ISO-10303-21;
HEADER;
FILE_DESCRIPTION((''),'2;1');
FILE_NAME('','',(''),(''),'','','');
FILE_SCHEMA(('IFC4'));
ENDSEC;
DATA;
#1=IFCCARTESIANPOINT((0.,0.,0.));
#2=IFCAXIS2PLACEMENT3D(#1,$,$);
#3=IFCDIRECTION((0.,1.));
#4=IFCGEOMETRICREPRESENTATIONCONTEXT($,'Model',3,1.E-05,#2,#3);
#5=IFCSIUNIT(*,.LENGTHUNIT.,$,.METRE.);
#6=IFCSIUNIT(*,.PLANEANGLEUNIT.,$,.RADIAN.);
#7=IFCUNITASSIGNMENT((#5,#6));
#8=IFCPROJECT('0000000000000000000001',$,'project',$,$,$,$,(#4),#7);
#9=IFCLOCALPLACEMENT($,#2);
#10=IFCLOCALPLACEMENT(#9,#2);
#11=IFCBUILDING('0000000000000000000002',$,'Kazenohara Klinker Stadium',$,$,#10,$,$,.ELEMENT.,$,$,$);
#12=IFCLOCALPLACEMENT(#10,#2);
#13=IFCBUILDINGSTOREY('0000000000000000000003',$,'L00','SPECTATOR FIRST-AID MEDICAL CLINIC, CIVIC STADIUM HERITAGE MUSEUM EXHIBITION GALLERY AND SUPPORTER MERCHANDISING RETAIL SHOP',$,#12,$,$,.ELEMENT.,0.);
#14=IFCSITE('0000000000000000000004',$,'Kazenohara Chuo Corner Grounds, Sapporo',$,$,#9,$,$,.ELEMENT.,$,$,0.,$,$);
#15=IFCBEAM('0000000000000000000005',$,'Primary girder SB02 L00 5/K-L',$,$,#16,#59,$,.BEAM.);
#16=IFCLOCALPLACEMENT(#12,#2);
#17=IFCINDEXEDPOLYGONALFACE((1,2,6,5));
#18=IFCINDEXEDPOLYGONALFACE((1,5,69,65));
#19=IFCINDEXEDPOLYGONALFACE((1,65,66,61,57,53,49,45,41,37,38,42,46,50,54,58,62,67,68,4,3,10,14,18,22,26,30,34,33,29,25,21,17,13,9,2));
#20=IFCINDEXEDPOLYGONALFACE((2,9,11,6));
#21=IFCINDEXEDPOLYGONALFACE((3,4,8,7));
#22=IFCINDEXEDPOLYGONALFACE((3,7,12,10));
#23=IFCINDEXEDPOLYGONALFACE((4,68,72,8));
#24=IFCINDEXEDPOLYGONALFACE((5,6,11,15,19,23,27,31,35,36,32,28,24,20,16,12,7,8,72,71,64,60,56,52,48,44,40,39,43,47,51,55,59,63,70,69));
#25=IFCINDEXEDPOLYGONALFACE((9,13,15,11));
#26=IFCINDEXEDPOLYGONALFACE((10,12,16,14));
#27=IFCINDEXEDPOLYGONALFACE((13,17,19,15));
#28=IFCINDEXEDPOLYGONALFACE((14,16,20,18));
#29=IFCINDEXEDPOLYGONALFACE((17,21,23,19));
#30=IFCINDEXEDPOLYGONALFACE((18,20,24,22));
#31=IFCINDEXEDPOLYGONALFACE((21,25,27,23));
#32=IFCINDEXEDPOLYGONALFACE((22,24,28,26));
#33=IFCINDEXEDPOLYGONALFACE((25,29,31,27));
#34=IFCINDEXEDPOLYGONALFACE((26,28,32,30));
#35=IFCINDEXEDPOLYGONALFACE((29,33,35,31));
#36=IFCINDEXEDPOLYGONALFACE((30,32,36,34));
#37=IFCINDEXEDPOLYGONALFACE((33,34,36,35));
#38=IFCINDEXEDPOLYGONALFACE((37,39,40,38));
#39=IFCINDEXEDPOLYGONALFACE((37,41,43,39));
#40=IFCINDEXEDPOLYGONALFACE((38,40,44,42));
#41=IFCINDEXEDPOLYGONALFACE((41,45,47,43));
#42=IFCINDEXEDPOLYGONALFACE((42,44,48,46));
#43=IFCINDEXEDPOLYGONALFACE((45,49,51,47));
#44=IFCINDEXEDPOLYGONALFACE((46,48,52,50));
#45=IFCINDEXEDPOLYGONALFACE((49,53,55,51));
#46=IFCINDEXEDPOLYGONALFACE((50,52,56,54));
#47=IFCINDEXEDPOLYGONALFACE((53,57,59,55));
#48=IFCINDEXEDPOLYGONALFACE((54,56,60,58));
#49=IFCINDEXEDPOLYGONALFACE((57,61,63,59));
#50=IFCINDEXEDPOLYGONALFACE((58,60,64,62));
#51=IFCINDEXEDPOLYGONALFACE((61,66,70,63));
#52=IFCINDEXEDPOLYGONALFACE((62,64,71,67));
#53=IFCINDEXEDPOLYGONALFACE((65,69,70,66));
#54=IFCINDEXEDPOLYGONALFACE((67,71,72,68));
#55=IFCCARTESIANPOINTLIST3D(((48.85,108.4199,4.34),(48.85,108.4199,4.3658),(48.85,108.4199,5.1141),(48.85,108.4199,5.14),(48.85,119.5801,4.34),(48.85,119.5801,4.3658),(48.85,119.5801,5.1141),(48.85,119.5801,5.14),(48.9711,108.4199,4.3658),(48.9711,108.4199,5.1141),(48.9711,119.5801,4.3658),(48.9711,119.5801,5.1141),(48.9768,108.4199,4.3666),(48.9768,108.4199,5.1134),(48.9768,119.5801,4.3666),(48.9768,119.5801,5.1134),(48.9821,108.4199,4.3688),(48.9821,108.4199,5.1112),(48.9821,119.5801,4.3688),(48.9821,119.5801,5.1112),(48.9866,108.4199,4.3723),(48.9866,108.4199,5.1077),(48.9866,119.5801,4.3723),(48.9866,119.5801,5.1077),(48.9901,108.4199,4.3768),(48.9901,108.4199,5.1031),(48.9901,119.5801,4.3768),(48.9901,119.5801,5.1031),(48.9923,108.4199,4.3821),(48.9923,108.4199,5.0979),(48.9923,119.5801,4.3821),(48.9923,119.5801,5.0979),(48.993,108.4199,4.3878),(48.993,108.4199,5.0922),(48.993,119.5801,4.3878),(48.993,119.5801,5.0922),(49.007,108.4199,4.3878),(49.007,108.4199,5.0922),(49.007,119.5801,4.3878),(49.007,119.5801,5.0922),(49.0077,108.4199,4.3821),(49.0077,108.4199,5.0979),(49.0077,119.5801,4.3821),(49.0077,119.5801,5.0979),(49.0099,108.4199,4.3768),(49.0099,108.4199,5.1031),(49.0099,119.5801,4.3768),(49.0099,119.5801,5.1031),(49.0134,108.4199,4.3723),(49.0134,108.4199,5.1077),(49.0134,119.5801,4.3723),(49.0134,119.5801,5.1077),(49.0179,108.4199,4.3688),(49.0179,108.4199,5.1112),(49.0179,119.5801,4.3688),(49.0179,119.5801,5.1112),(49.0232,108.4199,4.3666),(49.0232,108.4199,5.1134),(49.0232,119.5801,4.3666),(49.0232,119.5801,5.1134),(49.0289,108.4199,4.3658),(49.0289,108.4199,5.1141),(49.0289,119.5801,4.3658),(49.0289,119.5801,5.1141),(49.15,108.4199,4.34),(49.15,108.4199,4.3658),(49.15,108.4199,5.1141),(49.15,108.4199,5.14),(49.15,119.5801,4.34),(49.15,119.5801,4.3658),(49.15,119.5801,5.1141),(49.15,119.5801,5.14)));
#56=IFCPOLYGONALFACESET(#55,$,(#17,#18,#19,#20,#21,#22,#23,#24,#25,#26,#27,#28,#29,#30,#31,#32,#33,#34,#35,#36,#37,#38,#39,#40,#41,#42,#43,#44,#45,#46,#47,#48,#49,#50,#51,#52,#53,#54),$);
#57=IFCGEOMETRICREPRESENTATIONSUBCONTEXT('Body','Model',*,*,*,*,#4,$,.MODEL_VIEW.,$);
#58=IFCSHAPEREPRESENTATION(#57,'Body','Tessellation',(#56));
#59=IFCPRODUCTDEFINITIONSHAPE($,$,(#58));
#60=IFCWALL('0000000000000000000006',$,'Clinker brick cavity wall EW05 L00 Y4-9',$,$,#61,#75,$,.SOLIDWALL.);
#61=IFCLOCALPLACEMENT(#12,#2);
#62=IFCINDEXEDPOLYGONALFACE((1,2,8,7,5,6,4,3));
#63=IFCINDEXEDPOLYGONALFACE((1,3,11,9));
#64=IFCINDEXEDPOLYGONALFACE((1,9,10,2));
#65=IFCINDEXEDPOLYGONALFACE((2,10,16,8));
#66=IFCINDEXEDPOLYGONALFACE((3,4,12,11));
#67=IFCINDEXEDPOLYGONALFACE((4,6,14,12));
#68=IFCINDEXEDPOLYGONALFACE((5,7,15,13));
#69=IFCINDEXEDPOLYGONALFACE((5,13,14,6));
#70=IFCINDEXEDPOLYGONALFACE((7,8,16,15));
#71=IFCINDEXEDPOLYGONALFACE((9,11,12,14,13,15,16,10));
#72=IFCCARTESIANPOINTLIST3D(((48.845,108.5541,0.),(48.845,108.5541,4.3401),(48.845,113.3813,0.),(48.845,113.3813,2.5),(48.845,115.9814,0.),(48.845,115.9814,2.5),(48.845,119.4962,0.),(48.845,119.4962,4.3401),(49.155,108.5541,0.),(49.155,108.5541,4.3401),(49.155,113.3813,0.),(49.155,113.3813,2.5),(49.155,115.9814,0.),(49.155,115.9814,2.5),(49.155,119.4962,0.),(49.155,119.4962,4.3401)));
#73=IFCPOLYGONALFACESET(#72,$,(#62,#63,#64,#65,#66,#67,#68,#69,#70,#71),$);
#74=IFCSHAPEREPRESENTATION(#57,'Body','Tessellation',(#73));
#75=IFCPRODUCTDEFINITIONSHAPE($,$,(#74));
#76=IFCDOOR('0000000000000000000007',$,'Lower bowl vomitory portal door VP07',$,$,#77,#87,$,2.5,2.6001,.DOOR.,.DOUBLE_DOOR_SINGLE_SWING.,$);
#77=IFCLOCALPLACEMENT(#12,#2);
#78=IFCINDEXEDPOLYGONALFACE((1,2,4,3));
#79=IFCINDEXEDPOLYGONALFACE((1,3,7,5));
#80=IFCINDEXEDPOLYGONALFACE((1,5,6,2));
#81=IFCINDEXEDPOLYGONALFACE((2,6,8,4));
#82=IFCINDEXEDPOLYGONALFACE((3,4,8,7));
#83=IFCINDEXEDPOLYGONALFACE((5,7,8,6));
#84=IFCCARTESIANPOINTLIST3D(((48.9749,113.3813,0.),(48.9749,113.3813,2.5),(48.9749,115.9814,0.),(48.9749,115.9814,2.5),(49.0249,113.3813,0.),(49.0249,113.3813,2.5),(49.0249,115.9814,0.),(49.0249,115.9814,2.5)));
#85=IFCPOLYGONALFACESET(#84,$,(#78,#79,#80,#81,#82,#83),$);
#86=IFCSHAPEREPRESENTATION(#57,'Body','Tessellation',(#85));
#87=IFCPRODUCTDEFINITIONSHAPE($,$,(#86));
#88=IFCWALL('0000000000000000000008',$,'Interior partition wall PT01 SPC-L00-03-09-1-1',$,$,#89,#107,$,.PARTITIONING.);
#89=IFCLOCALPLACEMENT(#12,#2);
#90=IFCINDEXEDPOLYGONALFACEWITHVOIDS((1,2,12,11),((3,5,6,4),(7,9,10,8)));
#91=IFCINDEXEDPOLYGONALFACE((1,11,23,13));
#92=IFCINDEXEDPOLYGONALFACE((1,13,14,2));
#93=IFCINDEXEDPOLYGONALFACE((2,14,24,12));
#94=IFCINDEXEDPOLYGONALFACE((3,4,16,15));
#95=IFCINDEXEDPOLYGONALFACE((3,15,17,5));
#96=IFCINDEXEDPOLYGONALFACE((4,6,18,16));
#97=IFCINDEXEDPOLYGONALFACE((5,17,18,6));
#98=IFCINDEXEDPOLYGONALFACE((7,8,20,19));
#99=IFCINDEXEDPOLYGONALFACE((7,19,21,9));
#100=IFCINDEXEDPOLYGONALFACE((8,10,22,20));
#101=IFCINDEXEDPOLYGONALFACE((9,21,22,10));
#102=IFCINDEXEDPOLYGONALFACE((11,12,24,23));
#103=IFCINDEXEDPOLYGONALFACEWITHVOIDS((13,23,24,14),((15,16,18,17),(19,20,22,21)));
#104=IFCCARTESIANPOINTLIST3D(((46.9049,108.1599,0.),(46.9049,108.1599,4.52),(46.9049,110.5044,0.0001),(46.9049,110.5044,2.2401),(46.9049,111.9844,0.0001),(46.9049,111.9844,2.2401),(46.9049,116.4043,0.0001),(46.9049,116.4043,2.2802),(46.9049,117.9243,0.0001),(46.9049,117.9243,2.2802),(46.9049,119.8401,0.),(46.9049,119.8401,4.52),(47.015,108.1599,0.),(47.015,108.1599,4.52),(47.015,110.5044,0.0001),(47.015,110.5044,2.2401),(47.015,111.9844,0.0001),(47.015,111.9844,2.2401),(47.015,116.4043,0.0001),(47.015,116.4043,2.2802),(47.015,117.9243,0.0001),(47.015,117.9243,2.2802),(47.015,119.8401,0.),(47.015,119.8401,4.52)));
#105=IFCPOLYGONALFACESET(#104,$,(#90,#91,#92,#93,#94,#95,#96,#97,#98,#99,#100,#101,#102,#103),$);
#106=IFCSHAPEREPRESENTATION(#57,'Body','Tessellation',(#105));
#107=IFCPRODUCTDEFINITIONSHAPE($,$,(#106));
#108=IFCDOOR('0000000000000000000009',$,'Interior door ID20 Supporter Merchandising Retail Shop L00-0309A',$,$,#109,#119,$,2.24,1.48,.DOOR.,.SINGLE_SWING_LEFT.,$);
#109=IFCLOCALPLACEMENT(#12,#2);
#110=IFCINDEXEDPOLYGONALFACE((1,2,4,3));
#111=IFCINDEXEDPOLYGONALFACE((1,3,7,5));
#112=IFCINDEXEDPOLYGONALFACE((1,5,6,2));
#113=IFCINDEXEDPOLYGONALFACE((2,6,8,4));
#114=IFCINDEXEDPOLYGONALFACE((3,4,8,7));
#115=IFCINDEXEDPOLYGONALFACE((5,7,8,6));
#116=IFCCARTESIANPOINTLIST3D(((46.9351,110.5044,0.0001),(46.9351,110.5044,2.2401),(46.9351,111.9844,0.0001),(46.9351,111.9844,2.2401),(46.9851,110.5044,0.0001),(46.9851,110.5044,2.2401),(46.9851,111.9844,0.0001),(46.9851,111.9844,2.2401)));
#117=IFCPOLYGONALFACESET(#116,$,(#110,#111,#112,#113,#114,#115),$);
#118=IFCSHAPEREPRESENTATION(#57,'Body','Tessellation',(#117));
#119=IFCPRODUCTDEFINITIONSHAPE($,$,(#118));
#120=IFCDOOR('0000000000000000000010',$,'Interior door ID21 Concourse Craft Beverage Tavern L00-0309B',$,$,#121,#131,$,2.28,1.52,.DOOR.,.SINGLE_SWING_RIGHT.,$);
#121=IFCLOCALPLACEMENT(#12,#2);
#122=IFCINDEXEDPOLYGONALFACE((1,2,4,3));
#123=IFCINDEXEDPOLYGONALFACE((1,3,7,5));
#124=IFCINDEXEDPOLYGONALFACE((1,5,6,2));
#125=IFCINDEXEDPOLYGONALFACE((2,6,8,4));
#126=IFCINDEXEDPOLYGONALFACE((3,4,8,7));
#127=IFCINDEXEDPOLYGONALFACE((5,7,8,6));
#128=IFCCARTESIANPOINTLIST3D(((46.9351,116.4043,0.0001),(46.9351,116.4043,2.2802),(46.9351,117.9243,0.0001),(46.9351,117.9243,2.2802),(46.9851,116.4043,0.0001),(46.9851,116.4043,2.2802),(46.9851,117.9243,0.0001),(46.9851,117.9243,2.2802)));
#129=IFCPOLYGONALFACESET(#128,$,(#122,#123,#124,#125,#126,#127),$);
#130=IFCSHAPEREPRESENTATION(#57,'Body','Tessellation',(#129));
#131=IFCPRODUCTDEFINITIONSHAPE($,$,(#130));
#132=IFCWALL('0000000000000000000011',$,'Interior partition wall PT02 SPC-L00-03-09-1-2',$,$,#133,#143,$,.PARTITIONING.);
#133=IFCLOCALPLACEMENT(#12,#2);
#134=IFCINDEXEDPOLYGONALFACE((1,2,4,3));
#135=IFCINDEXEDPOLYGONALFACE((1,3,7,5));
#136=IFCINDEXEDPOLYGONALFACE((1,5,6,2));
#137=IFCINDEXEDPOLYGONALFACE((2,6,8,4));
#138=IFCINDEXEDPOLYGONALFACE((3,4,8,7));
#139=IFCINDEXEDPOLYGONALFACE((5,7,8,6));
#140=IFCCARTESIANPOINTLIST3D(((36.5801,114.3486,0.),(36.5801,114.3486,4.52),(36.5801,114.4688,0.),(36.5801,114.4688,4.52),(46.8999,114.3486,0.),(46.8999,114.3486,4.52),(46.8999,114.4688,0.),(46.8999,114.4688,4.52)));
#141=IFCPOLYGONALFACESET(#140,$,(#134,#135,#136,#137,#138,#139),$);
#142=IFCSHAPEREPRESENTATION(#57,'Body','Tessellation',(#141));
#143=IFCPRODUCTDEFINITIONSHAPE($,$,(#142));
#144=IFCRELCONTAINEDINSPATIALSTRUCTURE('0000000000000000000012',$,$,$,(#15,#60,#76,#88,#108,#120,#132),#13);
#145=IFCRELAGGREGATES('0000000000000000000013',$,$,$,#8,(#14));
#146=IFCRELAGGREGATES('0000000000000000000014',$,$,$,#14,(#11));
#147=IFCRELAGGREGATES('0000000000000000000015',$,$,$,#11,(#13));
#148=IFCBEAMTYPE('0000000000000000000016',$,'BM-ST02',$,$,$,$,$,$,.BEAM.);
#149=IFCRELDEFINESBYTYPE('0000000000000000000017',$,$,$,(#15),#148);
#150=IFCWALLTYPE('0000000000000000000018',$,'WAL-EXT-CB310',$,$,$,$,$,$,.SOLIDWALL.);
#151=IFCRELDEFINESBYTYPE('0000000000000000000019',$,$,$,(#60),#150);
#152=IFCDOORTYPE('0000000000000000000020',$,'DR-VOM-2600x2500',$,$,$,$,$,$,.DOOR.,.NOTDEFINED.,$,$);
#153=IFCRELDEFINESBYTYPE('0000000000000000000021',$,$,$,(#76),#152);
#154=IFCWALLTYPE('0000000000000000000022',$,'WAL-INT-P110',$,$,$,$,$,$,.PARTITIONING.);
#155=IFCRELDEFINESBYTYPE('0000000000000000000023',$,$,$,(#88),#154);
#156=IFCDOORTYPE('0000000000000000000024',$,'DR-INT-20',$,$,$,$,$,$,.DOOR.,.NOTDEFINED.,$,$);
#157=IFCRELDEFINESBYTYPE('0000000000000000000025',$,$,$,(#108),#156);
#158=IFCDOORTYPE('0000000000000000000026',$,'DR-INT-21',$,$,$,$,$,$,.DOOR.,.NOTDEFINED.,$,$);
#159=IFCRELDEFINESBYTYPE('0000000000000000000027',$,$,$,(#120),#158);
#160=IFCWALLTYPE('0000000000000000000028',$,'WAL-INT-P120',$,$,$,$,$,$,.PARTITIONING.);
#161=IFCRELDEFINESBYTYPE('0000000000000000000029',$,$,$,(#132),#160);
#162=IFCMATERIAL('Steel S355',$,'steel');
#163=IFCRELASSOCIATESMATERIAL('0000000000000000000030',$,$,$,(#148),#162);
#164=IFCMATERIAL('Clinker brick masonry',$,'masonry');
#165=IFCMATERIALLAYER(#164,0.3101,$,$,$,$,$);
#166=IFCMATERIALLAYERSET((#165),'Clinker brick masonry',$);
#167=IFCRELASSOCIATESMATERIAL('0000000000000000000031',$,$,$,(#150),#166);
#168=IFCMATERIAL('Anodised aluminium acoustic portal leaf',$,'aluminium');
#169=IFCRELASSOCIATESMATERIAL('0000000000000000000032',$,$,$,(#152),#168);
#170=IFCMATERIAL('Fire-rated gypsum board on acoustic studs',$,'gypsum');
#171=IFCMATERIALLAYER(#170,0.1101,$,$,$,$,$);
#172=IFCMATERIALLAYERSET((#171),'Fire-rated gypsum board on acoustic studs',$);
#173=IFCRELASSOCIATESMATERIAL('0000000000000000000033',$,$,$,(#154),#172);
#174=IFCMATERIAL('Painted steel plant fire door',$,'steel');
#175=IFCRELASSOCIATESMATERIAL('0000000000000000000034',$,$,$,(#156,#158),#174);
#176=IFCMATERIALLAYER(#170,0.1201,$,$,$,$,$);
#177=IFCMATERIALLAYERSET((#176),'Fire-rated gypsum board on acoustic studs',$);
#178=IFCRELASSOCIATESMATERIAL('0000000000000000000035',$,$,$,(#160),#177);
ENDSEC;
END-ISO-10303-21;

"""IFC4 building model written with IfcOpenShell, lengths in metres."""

from ifc_helpers import new_model, si_unit, direction, frame, frame_2d, origin, origin_2d, place, context, subcontext, project, spatial, rectangle, i_section, extrude, material, layer, layer_set, material_profile, profile_set, type_object, element, fill, save


model = new_model("IFC4")

# Units and contexts
model_context = context("Model", 3, precision=1e-05, world=origin(), true_north=direction((0.0, 1.0)))
body_context = subcontext(model_context, "Body", "Model", "MODEL_VIEW")
ifc_project = project(units=[si_unit("LENGTHUNIT", "METRE"), si_unit("PLANEANGLEUNIT", "RADIAN")], contexts=[model_context])

# Site, building, storey
site_placement = place(None, origin())
site = spatial("IfcSite", under=ifc_project, at=site_placement, Name="Kazenohara Chuo Corner Grounds, Sapporo", CompositionType="ELEMENT", RefElevation=0.0)
building_placement = place(site_placement, origin())
building = spatial("IfcBuilding", under=site, at=building_placement, Name="Kazenohara Klinker Stadium", CompositionType="ELEMENT")
storey_placement = place(building_placement, origin())
storey = spatial("IfcBuildingStorey", under=building, at=storey_placement, Name="L00", Description="SPECTATOR FIRST-AID MEDICAL CLINIC, CIVIC STADIUM HERITAGE MUSEUM EXHIBITION GALLERY AND SUPPORTER MERCHANDISING RETAIL SHOP", CompositionType="ELEMENT", Elevation=0.0)

# Beam
ifc_material_1 = material(Name="Steel S355", Category="steel")
ifc_material_profile_1 = material_profile(ifc_material_1, i_section(OverallWidth=0.3, OverallDepth=0.8, WebThickness=0.0139, FlangeThickness=0.0259, FilletRadius=0.022, at=origin_2d()), Name="H-800x300x14x26")
ifc_profile_set_1 = profile_set([ifc_material_profile_1], Name="Steel S355")
beam_type_1 = type_object("IfcBeamType", Name="BM-ST02", PredefinedType="BEAM", material=ifc_profile_set_1)
beam_1_placement = place(storey_placement, frame((49.0, 108.4199, 4.74), z_axis=(0.0, 1.0, 0.0), x_axis=(-1.0, 0.0, 0.0)))
element("IfcBeam", 1, at=beam_1_placement, inside=storey, type_object=beam_type_1, Name="Primary girder SB02 L00 5/K-L", PredefinedType="BEAM", context=body_context, shape_type="SweptSolid", body=[
    extrude(i_section(OverallWidth=0.3, OverallDepth=0.8, WebThickness=0.0139, FlangeThickness=0.0259, FilletRadius=0.022, at=origin_2d()), origin(), (0.0, 0.0, 1.0), 11.1602),
])

# Wall, opening, door
ifc_material_2 = material(Name="Clinker brick masonry", Category="masonry")
ifc_layer_1 = layer(ifc_material_2, 0.3101)
ifc_layer_set_1 = layer_set([ifc_layer_1], Name="Clinker brick masonry")
wall_type_1 = type_object("IfcWallType", Name="WAL-EXT-CB310", PredefinedType="SOLIDWALL", material=ifc_layer_set_1)
wall_1_placement = place(storey_placement, frame((49.0, 108.554, 0.0), z_axis=(0.0, 0.0, 1.0), x_axis=(0.0, 1.0, 0.0)))
wall_1 = element("IfcWall", 2, at=wall_1_placement, inside=storey, type_object=wall_type_1, Name="Clinker brick cavity wall EW05 L00 Y4-9", PredefinedType="SOLIDWALL", context=body_context, shape_type="SweptSolid", body=[
    extrude(rectangle(XDim=10.9421, YDim=0.3101, at=frame_2d((5.4712, 0.0))), origin(), (0.0, 0.0, 1.0), 4.3401),
])
opening_1_placement = place(wall_1_placement, frame((7.4275, 0.0, 0.0), z_axis=(0.0, 0.0, 1.0), x_axis=(-1.0, 0.0, 0.0)))
opening_1 = element("IfcOpeningElement", 3, at=opening_1_placement, cuts=wall_1, PredefinedType="OPENING", context=body_context, shape_type="SweptSolid", body=[
    extrude(rectangle(XDim=2.6001, YDim=2.5, at=frame_2d((1.3, 1.25))), frame((0.0, 0.165, 0.0), z_axis=(0.0, -1.0, 0.0), x_axis=(1.0, 0.0, 0.0)), (0.0, 0.0, 1.0), 0.3301),
])
ifc_material_3 = material(Name="Anodised aluminium acoustic portal leaf", Category="aluminium")
door_type_1 = type_object("IfcDoorType", Name="DR-VOM-2600x2500", OperationType="NOTDEFINED", PredefinedType="DOOR", material=ifc_material_3)
door_1_placement = place(opening_1_placement, origin())
door_1 = element("IfcDoor", 4, at=door_1_placement, inside=storey, type_object=door_type_1, Name="Lower bowl vomitory portal door VP07", OperationType="DOUBLE_DOOR_SINGLE_SWING", OverallHeight=2.5, OverallWidth=2.6001, PredefinedType="DOOR", context=body_context, shape_type="SweptSolid", body=[
    extrude(rectangle(XDim=2.6001, YDim=2.5, at=frame_2d((1.3, 1.25))), frame((0.0, 0.0249, 0.0), z_axis=(0.0, -1.0, 0.0), x_axis=(1.0, 0.0, 0.0)), (0.0, 0.0, 1.0), 0.05),
])
fill(opening_1, door_1)

# Wall, openings, doors
ifc_material_4 = material(Name="Fire-rated gypsum board on acoustic studs", Category="gypsum")
ifc_layer_2 = layer(ifc_material_4, 0.1101)
ifc_layer_set_2 = layer_set([ifc_layer_2], Name="Fire-rated gypsum board on acoustic studs")
wall_type_2 = type_object("IfcWallType", Name="WAL-INT-P110", PredefinedType="PARTITIONING", material=ifc_layer_set_2)
wall_2_placement = place(storey_placement, frame((46.96, 108.1599, 0.0), z_axis=(0.0, 0.0, 1.0), x_axis=(0.0, 1.0, 0.0)))
wall_2 = element("IfcWall", 5, at=wall_2_placement, inside=storey, type_object=wall_type_2, Name="Interior partition wall PT01 SPC-L00-03-09-1-1", PredefinedType="PARTITIONING", context=body_context, shape_type="SweptSolid", body=[
    extrude(rectangle(XDim=11.6802, YDim=0.1101, at=frame_2d((5.8401, 0.0))), origin(), (0.0, 0.0, 1.0), 4.52),
])
opening_2_placement = place(wall_2_placement, frame((2.3445, 0.0, 0.0)))
opening_2 = element("IfcOpeningElement", 6, at=opening_2_placement, cuts=wall_2, PredefinedType="OPENING", context=body_context, shape_type="SweptSolid", body=[
    extrude(rectangle(XDim=1.48, YDim=2.24, at=frame_2d((0.74, 1.1201))), frame((0.0, 0.0649, 0.0), z_axis=(0.0, -1.0, 0.0), x_axis=(1.0, 0.0, 0.0)), (0.0, 0.0, 1.0), 0.1301),
])
opening_3_placement = place(wall_2_placement, frame((8.2444, 0.0, 0.0)))
opening_3 = element("IfcOpeningElement", 7, at=opening_3_placement, cuts=wall_2, PredefinedType="OPENING", context=body_context, shape_type="SweptSolid", body=[
    extrude(rectangle(XDim=1.52, YDim=2.28, at=frame_2d((0.76, 1.1401))), frame((0.0, 0.0649, 0.0), z_axis=(0.0, -1.0, 0.0), x_axis=(1.0, 0.0, 0.0)), (0.0, 0.0, 1.0), 0.1301),
])
ifc_material_5 = material(Name="Painted steel plant fire door", Category="steel")
door_type_2 = type_object("IfcDoorType", Name="DR-INT-20", OperationType="NOTDEFINED", PredefinedType="DOOR", material=ifc_material_5)
door_2_placement = place(opening_2_placement, origin())
door_2 = element("IfcDoor", 8, at=door_2_placement, inside=storey, type_object=door_type_2, Name="Interior door ID20 Supporter Merchandising Retail Shop L00-0309A", OperationType="SINGLE_SWING_LEFT", OverallHeight=2.24, OverallWidth=1.48, PredefinedType="DOOR", context=body_context, shape_type="SweptSolid", body=[
    extrude(rectangle(XDim=1.48, YDim=2.24, at=frame_2d((0.74, 1.1201))), frame((0.0, 0.0249, 0.0), z_axis=(0.0, -1.0, 0.0), x_axis=(1.0, 0.0, 0.0)), (0.0, 0.0, 1.0), 0.05),
])
fill(opening_2, door_2)
door_type_3 = type_object("IfcDoorType", Name="DR-INT-21", OperationType="NOTDEFINED", PredefinedType="DOOR", material=ifc_material_5)
door_3_placement = place(opening_3_placement, origin())
door_3 = element("IfcDoor", 9, at=door_3_placement, inside=storey, type_object=door_type_3, Name="Interior door ID21 Concourse Craft Beverage Tavern L00-0309B", OperationType="SINGLE_SWING_RIGHT", OverallHeight=2.28, OverallWidth=1.52, PredefinedType="DOOR", context=body_context, shape_type="SweptSolid", body=[
    extrude(rectangle(XDim=1.52, YDim=2.28, at=frame_2d((0.76, 1.1401))), frame((0.0, 0.0249, 0.0), z_axis=(0.0, -1.0, 0.0), x_axis=(1.0, 0.0, 0.0)), (0.0, 0.0, 1.0), 0.05),
])
fill(opening_3, door_3)

# Wall
ifc_layer_3 = layer(ifc_material_4, 0.1201)
ifc_layer_set_3 = layer_set([ifc_layer_3], Name="Fire-rated gypsum board on acoustic studs")
wall_type_3 = type_object("IfcWallType", Name="WAL-INT-P120", PredefinedType="PARTITIONING", material=ifc_layer_set_3)
wall_3_placement = place(storey_placement, frame((36.5801, 114.4087, 0.0), z_axis=(0.0, 0.0, 1.0), x_axis=(1.0, 0.0, 0.0)))
element("IfcWall", 10, at=wall_3_placement, inside=storey, type_object=wall_type_3, Name="Interior partition wall PT02 SPC-L00-03-09-1-2", PredefinedType="PARTITIONING", context=body_context, shape_type="SweptSolid", body=[
    extrude(rectangle(XDim=10.3198, YDim=0.1201, at=frame_2d((5.1599, 0.0))), origin(), (0.0, 0.0, 1.0), 4.52),
])

save(model, "model.ifc")
